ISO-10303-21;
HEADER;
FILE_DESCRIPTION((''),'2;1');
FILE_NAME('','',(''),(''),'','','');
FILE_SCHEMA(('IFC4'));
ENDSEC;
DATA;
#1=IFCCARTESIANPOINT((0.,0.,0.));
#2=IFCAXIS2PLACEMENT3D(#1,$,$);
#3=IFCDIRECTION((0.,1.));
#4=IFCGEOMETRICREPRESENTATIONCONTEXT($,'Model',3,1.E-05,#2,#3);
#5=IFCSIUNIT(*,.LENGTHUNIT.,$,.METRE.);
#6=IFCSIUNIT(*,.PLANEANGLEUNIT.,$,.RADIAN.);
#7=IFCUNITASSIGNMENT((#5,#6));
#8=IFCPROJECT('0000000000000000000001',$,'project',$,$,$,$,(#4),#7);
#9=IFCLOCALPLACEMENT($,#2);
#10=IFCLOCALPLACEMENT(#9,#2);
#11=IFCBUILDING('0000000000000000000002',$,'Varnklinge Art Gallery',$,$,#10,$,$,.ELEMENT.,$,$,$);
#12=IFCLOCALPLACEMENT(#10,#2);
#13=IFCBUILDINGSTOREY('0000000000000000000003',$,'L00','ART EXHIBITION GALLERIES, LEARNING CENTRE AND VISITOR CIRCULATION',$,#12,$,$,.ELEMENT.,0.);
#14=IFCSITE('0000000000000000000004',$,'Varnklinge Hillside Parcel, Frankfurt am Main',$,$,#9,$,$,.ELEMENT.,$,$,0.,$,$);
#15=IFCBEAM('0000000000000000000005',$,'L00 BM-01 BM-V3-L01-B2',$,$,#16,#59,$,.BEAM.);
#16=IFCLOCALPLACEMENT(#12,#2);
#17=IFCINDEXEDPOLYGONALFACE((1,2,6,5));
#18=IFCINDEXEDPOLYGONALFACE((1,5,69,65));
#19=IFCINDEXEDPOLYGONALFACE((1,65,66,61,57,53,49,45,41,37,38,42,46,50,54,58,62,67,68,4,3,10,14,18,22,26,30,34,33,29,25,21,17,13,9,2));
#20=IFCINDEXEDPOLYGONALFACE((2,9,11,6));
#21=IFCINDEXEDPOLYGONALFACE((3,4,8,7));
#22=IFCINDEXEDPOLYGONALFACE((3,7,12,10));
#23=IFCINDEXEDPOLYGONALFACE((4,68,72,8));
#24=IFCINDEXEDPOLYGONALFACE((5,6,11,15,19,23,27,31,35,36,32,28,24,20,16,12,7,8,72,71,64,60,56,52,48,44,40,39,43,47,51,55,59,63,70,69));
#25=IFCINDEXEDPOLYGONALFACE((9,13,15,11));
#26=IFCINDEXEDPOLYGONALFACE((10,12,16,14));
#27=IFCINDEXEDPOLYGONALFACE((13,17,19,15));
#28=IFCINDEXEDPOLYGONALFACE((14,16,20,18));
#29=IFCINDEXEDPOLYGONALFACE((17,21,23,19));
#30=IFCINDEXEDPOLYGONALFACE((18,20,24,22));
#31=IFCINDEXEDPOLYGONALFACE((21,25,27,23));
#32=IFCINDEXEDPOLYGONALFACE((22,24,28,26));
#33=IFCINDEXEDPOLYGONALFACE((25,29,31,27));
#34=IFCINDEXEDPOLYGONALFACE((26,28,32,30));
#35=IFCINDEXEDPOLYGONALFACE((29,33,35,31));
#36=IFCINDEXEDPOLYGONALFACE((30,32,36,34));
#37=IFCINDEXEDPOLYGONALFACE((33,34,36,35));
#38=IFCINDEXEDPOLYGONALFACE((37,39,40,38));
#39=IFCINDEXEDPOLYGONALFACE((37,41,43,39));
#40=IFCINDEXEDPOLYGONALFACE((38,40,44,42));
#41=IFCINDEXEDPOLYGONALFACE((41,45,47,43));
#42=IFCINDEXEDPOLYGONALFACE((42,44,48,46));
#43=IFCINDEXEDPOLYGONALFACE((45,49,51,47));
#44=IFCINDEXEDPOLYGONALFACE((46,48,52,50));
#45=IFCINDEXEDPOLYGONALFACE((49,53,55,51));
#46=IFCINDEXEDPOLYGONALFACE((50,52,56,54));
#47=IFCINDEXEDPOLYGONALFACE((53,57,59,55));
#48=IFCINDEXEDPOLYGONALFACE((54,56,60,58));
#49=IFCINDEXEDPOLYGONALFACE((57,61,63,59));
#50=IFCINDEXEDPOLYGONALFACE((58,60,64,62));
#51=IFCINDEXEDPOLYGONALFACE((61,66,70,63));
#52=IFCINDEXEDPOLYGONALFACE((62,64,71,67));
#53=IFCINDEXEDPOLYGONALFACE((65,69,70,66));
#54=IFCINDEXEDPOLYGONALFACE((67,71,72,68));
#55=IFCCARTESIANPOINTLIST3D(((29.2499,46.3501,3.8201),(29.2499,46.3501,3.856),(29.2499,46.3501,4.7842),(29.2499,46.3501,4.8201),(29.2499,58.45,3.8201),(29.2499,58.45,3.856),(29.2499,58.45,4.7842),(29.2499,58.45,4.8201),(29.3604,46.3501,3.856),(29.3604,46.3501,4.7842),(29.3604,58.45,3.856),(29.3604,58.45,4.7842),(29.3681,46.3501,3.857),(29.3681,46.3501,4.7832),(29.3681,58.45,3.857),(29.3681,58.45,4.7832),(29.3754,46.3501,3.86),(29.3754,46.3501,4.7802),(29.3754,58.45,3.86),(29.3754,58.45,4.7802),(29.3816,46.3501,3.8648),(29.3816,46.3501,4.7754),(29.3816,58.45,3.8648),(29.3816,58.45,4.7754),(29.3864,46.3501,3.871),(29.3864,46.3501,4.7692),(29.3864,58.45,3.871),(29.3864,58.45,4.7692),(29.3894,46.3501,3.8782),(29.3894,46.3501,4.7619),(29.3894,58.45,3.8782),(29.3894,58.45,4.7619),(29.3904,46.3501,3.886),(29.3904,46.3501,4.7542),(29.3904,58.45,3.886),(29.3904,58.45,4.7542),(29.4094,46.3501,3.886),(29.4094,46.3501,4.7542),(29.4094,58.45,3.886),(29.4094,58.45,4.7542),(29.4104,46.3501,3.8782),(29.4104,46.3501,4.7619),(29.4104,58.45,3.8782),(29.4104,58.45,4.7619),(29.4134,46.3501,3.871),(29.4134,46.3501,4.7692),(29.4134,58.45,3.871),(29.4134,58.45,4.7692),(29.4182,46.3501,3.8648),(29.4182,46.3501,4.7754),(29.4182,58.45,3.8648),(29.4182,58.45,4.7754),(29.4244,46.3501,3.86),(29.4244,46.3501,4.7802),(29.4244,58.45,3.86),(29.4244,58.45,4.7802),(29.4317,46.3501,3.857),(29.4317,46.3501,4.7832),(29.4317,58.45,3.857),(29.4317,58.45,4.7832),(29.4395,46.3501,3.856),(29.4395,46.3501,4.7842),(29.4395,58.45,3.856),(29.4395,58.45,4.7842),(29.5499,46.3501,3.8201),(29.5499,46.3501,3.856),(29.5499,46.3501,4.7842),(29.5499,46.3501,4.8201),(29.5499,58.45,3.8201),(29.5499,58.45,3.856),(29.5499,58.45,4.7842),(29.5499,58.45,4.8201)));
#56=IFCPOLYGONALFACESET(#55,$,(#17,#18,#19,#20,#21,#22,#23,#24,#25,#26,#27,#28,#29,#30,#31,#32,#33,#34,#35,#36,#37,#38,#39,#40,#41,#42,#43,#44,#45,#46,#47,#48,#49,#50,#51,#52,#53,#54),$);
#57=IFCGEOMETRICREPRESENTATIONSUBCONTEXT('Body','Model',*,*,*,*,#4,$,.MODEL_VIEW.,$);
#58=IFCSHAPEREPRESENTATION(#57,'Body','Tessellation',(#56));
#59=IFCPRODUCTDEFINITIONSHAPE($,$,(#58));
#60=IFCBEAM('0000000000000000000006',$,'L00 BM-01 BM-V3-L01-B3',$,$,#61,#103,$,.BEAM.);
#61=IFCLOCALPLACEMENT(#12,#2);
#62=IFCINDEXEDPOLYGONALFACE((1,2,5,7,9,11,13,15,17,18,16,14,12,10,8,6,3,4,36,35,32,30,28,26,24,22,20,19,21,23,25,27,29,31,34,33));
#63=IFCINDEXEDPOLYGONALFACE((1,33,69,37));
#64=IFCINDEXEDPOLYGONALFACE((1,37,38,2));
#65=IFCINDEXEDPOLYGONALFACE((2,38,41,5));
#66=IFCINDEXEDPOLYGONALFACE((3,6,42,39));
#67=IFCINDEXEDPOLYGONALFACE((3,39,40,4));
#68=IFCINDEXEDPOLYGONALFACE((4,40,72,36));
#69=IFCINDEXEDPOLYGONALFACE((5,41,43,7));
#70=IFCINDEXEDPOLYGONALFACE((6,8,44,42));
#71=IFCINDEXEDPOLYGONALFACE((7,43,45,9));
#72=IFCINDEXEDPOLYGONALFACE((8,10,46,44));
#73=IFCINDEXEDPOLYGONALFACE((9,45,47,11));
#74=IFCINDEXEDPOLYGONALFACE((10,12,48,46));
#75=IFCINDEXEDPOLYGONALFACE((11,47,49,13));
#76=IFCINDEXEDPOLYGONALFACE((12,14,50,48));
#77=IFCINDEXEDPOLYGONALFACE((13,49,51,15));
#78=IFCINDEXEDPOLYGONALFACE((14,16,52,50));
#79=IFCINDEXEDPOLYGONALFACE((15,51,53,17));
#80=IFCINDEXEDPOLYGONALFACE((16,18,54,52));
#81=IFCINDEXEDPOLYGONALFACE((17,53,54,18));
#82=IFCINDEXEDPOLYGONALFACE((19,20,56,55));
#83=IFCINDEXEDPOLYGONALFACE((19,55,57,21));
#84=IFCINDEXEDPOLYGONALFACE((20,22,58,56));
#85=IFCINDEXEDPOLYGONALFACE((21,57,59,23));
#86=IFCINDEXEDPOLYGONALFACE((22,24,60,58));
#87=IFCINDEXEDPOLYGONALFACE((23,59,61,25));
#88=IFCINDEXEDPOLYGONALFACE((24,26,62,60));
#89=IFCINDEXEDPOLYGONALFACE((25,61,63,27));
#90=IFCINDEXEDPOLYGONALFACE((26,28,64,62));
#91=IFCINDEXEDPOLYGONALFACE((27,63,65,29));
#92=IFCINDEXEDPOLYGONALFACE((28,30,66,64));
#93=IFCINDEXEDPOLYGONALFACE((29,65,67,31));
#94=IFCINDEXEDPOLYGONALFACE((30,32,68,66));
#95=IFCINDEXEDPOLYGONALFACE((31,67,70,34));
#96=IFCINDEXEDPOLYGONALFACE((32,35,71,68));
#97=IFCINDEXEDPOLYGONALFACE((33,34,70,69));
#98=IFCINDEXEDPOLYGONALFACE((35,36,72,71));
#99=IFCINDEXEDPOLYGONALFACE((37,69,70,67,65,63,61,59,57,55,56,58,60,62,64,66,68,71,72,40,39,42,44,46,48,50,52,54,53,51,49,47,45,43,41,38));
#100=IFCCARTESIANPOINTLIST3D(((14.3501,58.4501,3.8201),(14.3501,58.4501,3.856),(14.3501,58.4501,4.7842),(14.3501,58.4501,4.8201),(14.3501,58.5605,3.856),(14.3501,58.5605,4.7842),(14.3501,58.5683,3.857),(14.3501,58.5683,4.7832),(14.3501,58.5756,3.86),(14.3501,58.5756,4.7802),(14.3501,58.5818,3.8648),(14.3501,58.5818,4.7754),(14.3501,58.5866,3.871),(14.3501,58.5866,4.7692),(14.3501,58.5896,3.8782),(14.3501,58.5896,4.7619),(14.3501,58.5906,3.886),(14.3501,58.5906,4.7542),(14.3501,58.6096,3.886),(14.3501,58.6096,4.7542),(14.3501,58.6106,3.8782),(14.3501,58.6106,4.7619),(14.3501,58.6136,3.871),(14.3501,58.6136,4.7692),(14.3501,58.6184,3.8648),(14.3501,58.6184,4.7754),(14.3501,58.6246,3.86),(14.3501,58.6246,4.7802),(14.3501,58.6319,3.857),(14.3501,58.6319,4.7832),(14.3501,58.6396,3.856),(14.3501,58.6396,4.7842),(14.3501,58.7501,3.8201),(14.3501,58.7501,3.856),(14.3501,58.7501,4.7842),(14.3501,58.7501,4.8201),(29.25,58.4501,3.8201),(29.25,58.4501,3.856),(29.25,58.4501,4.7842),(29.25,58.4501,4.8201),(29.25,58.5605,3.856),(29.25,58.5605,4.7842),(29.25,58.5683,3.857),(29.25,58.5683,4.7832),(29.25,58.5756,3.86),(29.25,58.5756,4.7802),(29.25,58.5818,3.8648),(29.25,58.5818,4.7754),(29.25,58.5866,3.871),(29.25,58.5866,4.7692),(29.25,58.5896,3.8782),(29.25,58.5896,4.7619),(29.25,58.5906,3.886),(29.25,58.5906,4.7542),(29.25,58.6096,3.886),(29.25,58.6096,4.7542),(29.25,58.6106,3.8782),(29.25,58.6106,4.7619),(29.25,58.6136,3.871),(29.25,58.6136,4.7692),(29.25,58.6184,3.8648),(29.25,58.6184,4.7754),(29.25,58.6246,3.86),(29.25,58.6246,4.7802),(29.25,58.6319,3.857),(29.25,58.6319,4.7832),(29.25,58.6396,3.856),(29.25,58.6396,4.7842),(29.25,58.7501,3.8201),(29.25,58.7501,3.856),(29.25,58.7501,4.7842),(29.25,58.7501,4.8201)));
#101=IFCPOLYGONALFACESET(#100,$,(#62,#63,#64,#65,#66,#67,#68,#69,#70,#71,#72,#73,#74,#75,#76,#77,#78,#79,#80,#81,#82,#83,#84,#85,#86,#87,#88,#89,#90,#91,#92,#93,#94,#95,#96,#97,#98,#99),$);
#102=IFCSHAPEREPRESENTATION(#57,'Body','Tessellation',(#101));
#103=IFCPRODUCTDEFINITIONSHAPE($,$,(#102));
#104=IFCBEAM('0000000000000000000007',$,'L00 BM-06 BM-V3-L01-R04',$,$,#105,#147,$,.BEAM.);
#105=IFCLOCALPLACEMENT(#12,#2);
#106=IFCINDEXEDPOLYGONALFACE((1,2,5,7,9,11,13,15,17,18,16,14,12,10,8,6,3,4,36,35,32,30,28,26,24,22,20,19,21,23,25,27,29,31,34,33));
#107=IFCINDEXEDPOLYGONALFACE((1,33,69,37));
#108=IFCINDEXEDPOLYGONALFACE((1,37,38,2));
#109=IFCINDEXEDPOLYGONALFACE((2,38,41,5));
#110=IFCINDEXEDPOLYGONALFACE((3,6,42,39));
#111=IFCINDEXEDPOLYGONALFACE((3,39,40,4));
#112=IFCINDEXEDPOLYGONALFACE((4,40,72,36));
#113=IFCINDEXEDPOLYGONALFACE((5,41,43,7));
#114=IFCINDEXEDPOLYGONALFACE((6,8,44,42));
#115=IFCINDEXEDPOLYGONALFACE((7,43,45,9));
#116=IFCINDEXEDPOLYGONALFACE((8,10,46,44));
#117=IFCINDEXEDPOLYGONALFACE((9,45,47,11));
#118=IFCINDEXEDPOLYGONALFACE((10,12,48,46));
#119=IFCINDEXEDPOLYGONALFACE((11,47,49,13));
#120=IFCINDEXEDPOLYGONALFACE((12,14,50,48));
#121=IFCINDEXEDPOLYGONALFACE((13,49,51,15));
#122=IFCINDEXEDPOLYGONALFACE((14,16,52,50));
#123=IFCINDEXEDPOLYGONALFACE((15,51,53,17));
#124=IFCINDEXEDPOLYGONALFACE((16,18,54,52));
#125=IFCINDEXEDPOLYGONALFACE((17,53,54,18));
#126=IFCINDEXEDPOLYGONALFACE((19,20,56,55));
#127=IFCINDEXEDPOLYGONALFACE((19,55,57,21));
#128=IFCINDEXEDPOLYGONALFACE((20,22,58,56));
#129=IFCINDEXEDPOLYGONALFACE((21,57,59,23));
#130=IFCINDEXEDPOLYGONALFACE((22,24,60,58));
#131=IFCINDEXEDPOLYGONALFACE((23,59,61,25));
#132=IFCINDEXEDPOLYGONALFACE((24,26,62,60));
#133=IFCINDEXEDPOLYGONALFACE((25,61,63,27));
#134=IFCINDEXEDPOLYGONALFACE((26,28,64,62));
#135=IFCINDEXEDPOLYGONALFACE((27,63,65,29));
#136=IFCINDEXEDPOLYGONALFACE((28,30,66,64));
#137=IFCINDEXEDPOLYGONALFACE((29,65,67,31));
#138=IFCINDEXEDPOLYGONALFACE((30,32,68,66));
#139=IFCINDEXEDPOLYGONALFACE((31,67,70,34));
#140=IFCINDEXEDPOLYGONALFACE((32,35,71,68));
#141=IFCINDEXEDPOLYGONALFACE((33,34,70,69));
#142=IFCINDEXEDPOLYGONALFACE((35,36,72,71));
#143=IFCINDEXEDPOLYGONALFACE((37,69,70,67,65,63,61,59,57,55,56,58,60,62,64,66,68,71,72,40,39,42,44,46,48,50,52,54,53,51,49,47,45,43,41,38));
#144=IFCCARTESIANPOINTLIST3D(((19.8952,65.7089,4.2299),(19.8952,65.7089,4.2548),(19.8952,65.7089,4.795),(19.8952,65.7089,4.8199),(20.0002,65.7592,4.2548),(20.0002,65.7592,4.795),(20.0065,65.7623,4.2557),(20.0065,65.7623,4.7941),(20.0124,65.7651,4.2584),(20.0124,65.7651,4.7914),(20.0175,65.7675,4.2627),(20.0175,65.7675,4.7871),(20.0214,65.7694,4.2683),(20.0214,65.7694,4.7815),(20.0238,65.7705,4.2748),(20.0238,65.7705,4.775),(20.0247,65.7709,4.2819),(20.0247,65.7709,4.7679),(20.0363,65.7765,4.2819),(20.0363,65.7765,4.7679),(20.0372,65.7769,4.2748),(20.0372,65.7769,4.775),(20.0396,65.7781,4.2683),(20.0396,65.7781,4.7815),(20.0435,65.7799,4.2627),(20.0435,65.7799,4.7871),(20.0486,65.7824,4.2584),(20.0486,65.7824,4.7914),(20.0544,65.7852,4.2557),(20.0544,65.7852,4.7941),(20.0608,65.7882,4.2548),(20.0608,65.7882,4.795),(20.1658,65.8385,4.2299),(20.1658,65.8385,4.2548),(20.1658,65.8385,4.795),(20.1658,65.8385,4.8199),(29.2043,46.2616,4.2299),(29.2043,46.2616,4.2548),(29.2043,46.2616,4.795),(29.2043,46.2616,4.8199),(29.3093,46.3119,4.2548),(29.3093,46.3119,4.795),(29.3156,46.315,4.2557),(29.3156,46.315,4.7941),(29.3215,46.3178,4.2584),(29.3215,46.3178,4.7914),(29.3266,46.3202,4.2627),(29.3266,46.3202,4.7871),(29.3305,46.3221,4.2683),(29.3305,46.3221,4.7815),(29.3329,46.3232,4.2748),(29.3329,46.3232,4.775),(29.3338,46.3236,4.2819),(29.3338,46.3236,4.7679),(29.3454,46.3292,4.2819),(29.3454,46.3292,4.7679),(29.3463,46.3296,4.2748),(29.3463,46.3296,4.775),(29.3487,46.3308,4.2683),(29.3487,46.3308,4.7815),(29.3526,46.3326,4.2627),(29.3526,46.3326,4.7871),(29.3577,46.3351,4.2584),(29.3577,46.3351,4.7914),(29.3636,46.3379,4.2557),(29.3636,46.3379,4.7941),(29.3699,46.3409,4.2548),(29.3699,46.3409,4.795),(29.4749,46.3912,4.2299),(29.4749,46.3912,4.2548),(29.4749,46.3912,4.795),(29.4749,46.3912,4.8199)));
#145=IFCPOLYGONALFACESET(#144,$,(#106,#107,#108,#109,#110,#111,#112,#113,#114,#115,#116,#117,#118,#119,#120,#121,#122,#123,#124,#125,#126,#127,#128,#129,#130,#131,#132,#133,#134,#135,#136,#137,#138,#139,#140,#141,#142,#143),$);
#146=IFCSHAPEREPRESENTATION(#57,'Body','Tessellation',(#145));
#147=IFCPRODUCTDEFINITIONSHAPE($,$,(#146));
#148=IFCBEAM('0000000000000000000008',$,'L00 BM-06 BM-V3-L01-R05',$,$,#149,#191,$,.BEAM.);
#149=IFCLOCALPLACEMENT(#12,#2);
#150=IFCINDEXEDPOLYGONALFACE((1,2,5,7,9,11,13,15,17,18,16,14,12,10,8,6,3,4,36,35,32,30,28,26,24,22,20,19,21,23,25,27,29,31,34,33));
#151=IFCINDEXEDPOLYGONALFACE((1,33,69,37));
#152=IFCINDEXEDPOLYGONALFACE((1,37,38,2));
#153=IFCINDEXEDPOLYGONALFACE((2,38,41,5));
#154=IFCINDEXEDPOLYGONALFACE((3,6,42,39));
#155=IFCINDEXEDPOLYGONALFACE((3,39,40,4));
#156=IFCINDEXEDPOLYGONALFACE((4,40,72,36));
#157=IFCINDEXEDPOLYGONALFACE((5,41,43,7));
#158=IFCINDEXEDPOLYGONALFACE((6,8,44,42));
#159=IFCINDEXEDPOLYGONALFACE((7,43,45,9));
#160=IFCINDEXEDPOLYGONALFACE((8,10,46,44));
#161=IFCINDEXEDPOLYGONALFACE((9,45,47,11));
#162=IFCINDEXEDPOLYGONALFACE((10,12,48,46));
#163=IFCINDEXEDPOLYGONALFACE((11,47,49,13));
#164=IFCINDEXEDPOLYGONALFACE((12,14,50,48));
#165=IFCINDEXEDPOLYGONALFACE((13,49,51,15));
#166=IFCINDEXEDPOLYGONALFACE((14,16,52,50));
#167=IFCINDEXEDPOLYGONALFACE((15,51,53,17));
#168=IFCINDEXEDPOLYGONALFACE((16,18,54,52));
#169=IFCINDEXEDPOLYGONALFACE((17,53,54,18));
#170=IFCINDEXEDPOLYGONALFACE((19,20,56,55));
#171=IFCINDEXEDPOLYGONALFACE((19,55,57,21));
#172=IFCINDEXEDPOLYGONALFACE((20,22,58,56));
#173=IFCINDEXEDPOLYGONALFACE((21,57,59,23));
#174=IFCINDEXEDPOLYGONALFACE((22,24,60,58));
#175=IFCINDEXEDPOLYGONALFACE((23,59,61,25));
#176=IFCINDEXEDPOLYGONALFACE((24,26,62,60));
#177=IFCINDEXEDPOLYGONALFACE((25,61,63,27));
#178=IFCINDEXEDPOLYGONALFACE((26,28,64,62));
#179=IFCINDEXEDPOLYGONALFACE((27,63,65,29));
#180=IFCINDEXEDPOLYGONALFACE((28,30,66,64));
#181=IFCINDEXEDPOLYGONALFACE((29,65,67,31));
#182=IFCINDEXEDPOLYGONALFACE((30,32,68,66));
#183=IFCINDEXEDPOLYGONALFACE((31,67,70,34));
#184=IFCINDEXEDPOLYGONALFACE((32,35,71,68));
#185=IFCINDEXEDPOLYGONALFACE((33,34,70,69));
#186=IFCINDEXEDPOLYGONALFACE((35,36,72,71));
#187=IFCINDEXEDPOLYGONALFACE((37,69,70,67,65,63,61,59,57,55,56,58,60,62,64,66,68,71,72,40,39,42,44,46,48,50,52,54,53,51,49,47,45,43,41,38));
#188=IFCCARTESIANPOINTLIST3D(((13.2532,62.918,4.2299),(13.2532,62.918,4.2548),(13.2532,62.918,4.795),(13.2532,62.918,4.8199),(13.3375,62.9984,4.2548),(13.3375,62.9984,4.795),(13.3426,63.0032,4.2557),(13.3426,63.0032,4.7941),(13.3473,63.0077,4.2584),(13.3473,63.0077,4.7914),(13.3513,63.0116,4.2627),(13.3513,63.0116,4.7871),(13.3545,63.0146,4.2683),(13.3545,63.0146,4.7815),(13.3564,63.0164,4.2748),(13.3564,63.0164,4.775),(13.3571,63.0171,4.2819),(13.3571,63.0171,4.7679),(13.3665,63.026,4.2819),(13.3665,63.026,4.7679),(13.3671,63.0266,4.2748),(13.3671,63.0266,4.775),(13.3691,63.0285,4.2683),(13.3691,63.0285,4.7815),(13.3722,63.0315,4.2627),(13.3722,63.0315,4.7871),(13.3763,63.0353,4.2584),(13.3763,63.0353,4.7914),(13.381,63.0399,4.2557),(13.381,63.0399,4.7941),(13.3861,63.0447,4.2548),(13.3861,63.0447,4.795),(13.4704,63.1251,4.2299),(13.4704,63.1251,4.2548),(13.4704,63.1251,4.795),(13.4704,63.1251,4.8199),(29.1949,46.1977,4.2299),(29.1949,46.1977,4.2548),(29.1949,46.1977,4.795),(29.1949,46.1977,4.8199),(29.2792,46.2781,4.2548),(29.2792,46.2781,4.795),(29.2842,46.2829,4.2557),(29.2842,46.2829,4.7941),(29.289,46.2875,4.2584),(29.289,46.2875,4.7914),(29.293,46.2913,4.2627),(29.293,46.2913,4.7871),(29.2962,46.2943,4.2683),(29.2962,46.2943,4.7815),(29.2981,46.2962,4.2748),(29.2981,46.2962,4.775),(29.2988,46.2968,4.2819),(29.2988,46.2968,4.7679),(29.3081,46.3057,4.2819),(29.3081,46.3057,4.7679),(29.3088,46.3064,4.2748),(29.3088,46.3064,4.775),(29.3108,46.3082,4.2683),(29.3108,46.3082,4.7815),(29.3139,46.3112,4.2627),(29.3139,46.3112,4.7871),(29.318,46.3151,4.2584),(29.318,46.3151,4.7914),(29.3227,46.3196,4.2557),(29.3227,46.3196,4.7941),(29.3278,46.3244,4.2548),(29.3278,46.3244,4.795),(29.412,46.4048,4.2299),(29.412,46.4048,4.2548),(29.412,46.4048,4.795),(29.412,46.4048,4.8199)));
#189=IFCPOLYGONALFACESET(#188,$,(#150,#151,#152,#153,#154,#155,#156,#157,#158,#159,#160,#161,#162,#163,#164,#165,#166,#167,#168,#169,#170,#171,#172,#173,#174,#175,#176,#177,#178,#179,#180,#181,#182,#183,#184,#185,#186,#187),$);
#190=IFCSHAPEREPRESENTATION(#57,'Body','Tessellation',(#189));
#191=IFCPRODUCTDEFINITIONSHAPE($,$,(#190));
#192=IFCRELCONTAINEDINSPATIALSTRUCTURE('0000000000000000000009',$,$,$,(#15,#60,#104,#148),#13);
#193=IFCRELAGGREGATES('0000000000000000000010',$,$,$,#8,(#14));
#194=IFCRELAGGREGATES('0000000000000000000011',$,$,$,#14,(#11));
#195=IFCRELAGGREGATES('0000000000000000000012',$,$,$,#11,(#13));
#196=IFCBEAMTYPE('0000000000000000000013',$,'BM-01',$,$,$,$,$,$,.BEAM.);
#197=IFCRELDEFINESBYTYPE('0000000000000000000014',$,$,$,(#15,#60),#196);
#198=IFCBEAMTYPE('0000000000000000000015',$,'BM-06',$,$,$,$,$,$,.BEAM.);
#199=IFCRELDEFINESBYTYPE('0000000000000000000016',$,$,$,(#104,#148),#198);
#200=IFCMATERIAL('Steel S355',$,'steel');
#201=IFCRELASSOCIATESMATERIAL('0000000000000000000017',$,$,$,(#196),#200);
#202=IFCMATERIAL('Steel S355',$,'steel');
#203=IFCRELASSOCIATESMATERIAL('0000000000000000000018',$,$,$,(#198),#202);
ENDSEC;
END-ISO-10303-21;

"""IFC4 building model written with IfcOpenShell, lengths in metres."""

from ifc_helpers import new_model, si_unit, direction, frame, origin, origin_2d, place, context, subcontext, project, spatial, i_section, extrude, material, material_profile, profile_set, type_object, element, save


model = new_model("IFC4")

# Units and contexts
model_context = context("Model", 3, precision=1e-05, world=origin(), true_north=direction((0.0, 1.0)))
body_context = subcontext(model_context, "Body", "Model", "MODEL_VIEW")
ifc_project = project(units=[si_unit("LENGTHUNIT", "METRE"), si_unit("PLANEANGLEUNIT", "RADIAN")], contexts=[model_context])

# Site, building, storey
site_placement = place(None, origin())
site = spatial("IfcSite", under=ifc_project, at=site_placement, Name="Varnklinge Hillside Parcel, Frankfurt am Main", CompositionType="ELEMENT", RefElevation=0.0)
building_placement = place(site_placement, origin())
building = spatial("IfcBuilding", under=site, at=building_placement, Name="Varnklinge Art Gallery", CompositionType="ELEMENT")
storey_placement = place(building_placement, origin())
storey = spatial("IfcBuildingStorey", under=building, at=storey_placement, Name="L00", Description="ART EXHIBITION GALLERIES, LEARNING CENTRE AND VISITOR CIRCULATION", CompositionType="ELEMENT", Elevation=0.0)

# Beams
ifc_material_1 = material(Name="Steel S355", Category="steel")
ifc_material_profile_1 = material_profile(ifc_material_1, i_section(OverallWidth=0.3, OverallDepth=1.0, WebThickness=0.019, FlangeThickness=0.0359, FilletRadius=0.03, at=origin_2d()), Name="HEB 1000")
ifc_profile_set_1 = profile_set([ifc_material_profile_1], Name="Steel S355")
beam_type_1 = type_object("IfcBeamType", Name="BM-01", PredefinedType="BEAM", material=ifc_profile_set_1)
beam_1_placement = place(storey_placement, frame((29.3999, 46.3501, 4.3201), z_axis=(0.0, 1.0, 0.0), x_axis=(-1.0, 0.0, 0.0)))
element("IfcBeam", 1, at=beam_1_placement, inside=storey, type_object=beam_type_1, Name="L00 BM-01 BM-V3-L01-B2", PredefinedType="BEAM", context=body_context, shape_type="SweptSolid", body=[
    extrude(i_section(OverallWidth=0.3, OverallDepth=1.0, WebThickness=0.019, FlangeThickness=0.0359, FilletRadius=0.03, at=origin_2d()), origin(), (0.0, 0.0, 1.0), 12.0999),
])
beam_2_placement = place(storey_placement, frame((29.25, 58.6001, 4.3201), z_axis=(-1.0, 0.0, 0.0), x_axis=(0.0, -1.0, 0.0)))
element("IfcBeam", 2, at=beam_2_placement, inside=storey, type_object=beam_type_1, Name="L00 BM-01 BM-V3-L01-B3", PredefinedType="BEAM", context=body_context, shape_type="SweptSolid", body=[
    extrude(i_section(OverallWidth=0.3, OverallDepth=1.0, WebThickness=0.019, FlangeThickness=0.0359, FilletRadius=0.03, at=origin_2d()), origin(), (0.0, 0.0, 1.0), 14.8999),
])
ifc_material_2 = material(Name="Steel S355", Category="steel")
ifc_material_profile_2 = material_profile(ifc_material_2, i_section(OverallWidth=0.3, OverallDepth=0.5901, WebThickness=0.0129, FlangeThickness=0.0249, FilletRadius=0.0271, at=origin_2d()), Name="HEA 600")
ifc_profile_set_2 = profile_set([ifc_material_profile_2], Name="Steel S355")
beam_type_2 = type_object("IfcBeamType", Name="BM-06", PredefinedType="BEAM", material=ifc_profile_set_2)
beam_3_placement = place(storey_placement, frame((29.3396, 46.3264, 4.5249), z_axis=(-0.431766, 0.901986, 0.0), x_axis=(-0.901986, -0.431766, 0.0)))
element("IfcBeam", 3, at=beam_3_placement, inside=storey, type_object=beam_type_2, Name="L00 BM-06 BM-V3-L01-R04", PredefinedType="BEAM", context=body_context, shape_type="SweptSolid", body=[
    extrude(i_section(OverallWidth=0.3, OverallDepth=0.5901, WebThickness=0.0129, FlangeThickness=0.0249, FilletRadius=0.0271, at=origin_2d()), origin(), (0.0, 0.0, 1.0), 21.5605),
])
beam_4_placement = place(storey_placement, frame((29.3035, 46.3013, 4.5249), z_axis=(-0.690055, 0.723757, 0.0), x_axis=(-0.723757, -0.690055, 0.0)))
element("IfcBeam", 4, at=beam_4_placement, inside=storey, type_object=beam_type_2, Name="L00 BM-06 BM-V3-L01-R05", PredefinedType="BEAM", context=body_context, shape_type="SweptSolid", body=[
    extrude(i_section(OverallWidth=0.3, OverallDepth=0.5901, WebThickness=0.0129, FlangeThickness=0.0249, FilletRadius=0.0271, at=origin_2d()), origin(), (0.0, 0.0, 1.0), 23.1021),
])

save(model, "model.ifc")
